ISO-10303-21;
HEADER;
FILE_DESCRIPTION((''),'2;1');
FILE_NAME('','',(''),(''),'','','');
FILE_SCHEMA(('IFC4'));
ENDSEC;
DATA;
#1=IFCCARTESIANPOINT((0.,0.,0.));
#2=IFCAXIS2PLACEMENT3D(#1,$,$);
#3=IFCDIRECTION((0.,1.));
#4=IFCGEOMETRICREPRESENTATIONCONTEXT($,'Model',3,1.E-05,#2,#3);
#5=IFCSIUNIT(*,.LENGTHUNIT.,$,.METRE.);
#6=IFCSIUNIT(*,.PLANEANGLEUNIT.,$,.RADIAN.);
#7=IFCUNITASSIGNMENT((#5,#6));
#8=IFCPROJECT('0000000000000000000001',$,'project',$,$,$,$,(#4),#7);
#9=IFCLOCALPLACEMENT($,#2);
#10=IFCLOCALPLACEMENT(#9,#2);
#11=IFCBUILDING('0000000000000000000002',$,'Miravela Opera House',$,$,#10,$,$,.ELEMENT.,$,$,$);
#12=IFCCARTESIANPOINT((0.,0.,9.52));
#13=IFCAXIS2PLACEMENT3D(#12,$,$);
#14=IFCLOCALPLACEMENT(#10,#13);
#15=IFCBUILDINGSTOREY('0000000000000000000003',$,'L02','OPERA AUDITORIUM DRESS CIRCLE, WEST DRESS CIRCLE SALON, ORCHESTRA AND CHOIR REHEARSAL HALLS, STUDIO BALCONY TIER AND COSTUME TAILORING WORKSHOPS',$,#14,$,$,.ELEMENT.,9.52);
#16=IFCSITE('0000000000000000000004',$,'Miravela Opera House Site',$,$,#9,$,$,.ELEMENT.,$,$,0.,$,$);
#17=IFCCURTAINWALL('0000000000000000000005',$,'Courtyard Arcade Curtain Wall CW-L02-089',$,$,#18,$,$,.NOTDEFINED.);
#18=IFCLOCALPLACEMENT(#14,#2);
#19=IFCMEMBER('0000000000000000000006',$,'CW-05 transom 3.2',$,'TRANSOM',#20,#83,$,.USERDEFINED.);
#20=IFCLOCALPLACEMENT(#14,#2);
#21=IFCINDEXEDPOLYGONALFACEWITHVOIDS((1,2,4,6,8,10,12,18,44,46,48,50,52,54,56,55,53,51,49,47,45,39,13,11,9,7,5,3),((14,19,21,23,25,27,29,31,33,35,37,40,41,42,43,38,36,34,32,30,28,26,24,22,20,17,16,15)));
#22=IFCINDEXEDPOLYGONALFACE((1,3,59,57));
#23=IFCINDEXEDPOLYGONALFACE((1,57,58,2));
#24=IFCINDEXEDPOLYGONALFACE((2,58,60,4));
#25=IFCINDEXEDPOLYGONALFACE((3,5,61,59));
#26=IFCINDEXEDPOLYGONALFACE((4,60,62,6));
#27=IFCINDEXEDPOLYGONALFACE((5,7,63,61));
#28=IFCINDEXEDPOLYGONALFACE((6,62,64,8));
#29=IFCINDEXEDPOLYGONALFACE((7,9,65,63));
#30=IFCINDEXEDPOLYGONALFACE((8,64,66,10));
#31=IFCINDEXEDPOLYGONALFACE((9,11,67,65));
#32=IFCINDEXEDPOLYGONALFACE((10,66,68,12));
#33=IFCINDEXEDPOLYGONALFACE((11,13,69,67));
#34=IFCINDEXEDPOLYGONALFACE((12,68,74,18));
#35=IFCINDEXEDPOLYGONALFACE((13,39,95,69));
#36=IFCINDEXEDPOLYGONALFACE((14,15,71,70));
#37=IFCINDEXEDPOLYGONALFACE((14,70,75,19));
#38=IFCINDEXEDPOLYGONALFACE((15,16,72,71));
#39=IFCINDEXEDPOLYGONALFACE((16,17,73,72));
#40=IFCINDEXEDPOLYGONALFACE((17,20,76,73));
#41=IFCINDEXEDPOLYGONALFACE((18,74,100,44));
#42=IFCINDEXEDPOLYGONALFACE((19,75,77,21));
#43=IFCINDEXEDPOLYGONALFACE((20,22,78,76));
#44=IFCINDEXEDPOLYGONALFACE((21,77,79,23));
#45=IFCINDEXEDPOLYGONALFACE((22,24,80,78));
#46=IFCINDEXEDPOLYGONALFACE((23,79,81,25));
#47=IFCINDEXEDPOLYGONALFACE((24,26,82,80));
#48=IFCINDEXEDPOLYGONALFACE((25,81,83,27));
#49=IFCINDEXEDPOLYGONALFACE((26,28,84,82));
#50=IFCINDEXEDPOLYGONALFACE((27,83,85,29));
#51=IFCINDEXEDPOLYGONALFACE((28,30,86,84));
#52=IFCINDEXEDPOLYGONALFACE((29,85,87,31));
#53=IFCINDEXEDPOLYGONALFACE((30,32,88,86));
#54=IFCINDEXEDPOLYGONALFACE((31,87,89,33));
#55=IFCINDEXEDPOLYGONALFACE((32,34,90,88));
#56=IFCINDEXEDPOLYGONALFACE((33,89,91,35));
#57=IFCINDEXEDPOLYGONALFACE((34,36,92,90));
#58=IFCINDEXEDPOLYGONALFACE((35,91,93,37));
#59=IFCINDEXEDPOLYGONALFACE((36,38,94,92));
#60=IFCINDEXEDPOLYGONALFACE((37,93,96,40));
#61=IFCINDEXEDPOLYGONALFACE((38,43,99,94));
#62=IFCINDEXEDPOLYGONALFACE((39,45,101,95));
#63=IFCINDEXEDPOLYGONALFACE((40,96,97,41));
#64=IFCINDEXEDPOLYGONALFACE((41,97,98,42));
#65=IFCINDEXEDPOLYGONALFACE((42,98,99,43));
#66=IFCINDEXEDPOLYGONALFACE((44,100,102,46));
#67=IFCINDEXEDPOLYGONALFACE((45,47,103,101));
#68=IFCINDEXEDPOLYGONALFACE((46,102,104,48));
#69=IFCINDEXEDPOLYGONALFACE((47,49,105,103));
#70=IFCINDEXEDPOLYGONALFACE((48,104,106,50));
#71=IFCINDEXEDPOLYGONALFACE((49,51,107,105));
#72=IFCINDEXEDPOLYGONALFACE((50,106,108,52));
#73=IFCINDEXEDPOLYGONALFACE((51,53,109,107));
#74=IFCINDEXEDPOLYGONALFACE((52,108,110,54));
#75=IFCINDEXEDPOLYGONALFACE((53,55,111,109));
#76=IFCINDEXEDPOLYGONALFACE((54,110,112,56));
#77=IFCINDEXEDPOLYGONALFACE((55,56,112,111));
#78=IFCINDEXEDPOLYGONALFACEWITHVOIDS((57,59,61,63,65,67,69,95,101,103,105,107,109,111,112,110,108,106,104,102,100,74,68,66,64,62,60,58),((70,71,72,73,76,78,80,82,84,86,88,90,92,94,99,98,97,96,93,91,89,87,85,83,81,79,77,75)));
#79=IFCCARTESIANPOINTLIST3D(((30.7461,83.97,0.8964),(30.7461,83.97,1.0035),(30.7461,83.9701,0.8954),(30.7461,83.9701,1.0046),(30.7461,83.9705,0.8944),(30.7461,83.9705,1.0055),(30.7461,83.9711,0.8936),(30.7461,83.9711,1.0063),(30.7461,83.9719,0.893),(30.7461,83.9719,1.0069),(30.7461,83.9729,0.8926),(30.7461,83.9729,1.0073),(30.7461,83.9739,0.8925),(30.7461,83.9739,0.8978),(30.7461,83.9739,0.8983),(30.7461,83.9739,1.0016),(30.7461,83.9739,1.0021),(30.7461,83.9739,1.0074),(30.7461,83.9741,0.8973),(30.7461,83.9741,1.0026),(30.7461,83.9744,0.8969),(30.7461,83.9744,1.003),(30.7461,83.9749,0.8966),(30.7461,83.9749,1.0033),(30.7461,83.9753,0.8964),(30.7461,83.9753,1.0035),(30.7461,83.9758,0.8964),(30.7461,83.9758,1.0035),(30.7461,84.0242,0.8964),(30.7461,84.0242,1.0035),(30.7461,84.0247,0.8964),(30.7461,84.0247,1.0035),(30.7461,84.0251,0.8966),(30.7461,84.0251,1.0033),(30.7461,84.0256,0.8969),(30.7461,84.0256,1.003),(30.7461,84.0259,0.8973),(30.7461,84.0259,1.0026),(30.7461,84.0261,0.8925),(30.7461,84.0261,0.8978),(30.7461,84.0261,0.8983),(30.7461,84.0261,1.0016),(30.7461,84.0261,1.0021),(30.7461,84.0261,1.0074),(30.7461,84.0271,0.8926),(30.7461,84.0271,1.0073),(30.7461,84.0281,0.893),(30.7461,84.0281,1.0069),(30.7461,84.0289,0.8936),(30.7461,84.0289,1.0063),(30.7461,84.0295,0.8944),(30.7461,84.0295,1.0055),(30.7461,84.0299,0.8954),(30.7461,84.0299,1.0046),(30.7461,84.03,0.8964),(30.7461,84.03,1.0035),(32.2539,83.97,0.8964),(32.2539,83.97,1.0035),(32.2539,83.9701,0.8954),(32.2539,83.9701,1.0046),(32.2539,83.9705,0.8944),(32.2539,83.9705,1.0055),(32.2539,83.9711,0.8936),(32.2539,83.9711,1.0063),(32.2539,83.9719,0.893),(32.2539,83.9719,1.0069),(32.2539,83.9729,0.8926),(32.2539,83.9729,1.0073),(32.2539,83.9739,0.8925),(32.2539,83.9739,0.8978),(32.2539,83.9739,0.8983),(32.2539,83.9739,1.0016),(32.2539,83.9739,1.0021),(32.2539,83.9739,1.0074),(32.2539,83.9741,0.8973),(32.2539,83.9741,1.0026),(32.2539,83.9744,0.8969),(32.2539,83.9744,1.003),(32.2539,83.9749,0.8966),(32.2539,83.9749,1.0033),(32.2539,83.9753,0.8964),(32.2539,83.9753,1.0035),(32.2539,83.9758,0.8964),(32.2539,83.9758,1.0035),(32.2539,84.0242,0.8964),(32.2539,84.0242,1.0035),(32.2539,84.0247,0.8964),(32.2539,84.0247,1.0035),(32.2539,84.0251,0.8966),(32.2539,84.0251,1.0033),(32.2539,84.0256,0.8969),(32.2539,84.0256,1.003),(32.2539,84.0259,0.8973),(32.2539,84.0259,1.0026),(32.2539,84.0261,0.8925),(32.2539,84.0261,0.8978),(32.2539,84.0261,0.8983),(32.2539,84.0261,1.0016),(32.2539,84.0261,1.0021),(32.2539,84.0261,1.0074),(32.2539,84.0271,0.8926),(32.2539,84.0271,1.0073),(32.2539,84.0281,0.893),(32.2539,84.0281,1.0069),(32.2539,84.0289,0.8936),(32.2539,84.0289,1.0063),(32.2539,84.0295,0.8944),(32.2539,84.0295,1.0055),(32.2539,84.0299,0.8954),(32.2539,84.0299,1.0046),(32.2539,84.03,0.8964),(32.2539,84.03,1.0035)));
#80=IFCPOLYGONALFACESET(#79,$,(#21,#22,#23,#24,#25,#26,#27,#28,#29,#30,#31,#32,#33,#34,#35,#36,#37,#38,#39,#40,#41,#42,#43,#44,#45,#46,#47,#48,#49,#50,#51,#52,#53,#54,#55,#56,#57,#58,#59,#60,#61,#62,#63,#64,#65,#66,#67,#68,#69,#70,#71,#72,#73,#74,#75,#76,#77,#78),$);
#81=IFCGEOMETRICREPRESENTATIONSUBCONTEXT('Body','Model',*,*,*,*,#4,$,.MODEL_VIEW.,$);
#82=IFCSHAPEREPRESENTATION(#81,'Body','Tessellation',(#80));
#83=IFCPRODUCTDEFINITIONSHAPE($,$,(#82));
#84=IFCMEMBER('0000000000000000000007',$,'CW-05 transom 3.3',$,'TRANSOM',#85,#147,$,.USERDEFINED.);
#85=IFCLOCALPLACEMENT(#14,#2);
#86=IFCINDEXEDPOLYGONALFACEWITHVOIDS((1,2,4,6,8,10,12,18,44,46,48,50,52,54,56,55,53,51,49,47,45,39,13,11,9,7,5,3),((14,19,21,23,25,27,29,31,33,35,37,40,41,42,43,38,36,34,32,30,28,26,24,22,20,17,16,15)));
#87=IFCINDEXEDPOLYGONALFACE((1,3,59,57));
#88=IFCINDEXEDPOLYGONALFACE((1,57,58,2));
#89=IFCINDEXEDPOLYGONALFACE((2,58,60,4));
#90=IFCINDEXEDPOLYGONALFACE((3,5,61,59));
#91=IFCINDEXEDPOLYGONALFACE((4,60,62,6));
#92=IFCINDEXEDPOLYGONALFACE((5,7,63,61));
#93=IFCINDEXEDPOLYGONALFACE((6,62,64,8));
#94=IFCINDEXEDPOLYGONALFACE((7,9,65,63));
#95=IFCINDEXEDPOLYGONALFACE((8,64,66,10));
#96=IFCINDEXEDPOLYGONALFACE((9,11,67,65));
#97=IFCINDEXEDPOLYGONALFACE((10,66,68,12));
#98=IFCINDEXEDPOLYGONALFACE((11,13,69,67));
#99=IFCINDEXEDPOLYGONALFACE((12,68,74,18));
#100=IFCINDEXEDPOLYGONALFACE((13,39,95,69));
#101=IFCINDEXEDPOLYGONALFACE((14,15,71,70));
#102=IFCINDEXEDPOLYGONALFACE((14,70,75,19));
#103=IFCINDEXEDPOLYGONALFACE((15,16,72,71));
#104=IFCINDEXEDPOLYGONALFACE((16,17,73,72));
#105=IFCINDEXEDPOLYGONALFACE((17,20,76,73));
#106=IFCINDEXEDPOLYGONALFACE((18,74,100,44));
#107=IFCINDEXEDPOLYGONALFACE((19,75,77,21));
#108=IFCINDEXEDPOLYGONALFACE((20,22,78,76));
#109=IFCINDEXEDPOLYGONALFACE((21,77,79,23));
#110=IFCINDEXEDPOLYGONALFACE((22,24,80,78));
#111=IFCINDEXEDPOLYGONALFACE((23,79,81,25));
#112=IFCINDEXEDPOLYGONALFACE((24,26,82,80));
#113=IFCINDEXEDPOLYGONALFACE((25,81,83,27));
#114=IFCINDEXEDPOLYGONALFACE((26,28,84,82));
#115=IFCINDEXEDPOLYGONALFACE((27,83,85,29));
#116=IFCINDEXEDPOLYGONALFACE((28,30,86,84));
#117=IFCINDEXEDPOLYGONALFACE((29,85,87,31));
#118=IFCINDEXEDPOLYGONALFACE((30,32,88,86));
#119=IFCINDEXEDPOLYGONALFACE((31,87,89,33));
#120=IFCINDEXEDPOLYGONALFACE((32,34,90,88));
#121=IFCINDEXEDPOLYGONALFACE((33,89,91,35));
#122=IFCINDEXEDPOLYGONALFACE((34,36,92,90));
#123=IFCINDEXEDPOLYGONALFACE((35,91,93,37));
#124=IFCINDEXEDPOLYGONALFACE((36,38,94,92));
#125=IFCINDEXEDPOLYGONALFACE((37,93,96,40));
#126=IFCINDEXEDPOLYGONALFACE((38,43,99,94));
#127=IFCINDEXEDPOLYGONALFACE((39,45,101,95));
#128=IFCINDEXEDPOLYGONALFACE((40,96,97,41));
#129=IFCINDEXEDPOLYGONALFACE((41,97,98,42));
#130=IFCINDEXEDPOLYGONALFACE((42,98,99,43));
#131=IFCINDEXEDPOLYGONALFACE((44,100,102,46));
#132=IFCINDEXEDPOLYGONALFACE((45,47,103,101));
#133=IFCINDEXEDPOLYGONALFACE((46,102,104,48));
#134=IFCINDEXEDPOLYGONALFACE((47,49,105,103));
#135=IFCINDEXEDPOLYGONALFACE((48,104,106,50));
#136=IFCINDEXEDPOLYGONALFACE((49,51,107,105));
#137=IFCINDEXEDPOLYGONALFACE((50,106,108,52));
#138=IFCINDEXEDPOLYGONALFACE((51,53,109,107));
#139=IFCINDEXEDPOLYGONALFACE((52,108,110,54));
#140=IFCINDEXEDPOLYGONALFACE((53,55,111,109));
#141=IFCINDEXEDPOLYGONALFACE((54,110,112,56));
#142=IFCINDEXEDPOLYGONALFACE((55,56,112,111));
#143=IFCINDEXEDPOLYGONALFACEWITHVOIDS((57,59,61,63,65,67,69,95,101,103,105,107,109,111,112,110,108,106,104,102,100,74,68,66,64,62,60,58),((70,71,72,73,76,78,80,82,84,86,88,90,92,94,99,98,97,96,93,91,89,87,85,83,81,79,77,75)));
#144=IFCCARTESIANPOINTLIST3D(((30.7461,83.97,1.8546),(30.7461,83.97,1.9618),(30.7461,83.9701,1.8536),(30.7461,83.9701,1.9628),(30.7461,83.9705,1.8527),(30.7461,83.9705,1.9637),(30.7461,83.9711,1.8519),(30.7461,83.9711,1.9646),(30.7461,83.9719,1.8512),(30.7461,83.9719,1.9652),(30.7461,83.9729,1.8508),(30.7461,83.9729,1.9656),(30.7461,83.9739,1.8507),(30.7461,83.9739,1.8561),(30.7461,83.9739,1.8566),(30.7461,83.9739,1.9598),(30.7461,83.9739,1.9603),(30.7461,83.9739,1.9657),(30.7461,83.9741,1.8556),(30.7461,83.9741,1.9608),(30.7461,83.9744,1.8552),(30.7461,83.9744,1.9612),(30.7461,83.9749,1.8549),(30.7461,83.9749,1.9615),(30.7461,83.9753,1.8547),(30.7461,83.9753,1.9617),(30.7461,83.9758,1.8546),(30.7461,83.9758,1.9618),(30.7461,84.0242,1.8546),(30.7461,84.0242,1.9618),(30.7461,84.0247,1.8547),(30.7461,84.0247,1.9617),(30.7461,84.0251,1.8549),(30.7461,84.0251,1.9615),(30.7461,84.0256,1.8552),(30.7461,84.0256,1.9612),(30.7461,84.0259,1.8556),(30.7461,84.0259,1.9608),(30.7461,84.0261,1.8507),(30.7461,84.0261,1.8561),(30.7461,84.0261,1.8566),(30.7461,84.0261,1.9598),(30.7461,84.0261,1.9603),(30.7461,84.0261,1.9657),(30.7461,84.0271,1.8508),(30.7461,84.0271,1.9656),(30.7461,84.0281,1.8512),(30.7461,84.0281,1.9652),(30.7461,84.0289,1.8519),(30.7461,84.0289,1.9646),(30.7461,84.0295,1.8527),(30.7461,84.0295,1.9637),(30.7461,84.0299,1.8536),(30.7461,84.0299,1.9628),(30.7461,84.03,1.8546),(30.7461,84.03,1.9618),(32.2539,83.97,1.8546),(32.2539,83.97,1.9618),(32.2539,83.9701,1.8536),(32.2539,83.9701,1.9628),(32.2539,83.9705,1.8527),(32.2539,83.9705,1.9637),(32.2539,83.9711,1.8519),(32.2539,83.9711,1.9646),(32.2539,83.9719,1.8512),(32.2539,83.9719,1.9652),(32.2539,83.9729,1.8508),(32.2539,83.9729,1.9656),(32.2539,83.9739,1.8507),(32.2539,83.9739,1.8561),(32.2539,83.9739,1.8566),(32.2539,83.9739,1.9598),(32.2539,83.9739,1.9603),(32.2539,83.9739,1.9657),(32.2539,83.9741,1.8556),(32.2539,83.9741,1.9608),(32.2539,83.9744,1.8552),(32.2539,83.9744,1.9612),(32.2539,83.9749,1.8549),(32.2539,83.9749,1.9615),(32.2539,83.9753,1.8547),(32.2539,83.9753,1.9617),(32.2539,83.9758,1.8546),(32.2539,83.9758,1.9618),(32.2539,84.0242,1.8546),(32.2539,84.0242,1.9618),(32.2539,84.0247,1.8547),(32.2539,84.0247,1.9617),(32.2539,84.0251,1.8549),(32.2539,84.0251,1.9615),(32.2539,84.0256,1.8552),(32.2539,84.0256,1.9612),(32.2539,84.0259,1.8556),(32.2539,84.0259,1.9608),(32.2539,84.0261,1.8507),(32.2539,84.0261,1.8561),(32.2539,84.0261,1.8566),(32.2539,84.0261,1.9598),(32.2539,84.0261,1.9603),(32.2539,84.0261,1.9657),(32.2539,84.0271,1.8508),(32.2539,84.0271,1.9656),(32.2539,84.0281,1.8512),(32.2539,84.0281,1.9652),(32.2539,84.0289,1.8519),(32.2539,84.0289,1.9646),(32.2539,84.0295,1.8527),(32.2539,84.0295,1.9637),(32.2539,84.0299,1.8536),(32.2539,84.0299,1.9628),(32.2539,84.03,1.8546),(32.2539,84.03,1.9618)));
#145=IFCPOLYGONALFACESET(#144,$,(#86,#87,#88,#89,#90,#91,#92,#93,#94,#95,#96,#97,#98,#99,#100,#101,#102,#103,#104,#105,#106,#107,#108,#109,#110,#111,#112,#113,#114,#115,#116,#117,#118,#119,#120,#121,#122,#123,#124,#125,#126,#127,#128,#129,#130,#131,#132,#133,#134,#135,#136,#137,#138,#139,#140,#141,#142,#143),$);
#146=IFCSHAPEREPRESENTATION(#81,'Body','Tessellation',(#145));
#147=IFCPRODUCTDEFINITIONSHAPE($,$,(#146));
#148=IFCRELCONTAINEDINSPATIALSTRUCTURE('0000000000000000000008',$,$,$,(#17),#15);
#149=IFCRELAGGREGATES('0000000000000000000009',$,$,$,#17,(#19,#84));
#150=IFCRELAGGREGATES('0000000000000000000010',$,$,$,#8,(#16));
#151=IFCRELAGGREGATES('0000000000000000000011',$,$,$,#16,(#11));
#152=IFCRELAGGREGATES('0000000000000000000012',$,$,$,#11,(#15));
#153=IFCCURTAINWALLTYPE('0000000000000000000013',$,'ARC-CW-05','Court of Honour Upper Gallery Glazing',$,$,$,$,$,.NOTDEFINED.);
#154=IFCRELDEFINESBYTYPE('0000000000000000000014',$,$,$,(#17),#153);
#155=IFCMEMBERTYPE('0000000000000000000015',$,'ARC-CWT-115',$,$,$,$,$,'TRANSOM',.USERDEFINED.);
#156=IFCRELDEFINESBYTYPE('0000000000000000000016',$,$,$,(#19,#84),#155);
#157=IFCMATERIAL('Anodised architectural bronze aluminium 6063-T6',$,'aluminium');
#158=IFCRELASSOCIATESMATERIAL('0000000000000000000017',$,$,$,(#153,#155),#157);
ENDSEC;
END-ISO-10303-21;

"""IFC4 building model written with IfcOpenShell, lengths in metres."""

from ifc_helpers import new_model, si_unit, direction, frame, origin, origin_2d, place, context, subcontext, project, spatial, hollow_rectangle, extrude, material, material_profile, profile_set, type_object, element, aggregate, save


model = new_model("IFC4")

# Units and contexts
model_context = context("Model", 3, precision=1e-05, world=origin(), true_north=direction((0.0, 1.0)))
body_context = subcontext(model_context, "Body", "Model", "MODEL_VIEW")
ifc_project = project(units=[si_unit("LENGTHUNIT", "METRE"), si_unit("PLANEANGLEUNIT", "RADIAN")], contexts=[model_context])

# Site, building, storey
site_placement = place(None, origin())
site = spatial("IfcSite", under=ifc_project, at=site_placement, Name="Miravela Opera House Site", CompositionType="ELEMENT", RefElevation=0.0)
building_placement = place(site_placement, origin())
building = spatial("IfcBuilding", under=site, at=building_placement, Name="Miravela Opera House", CompositionType="ELEMENT")
storey_placement = place(building_placement, frame((0.0, 0.0, 9.52)))
storey = spatial("IfcBuildingStorey", under=building, at=storey_placement, Name="L02", Description="OPERA AUDITORIUM DRESS CIRCLE, WEST DRESS CIRCLE SALON, ORCHESTRA AND CHOIR REHEARSAL HALLS, STUDIO BALCONY TIER AND COSTUME TAILORING WORKSHOPS", CompositionType="ELEMENT", Elevation=9.52)

# Curtain wall, members
ifc_material_1 = material(Name="Anodised architectural bronze aluminium 6063-T6", Category="aluminium")
curtain_wall_type = type_object("IfcCurtainWallType", Name="ARC-CW-05", Description="Court of Honour Upper Gallery Glazing", PredefinedType="NOTDEFINED", material=ifc_material_1)
curtain_wall_placement = place(storey_placement, origin())
curtain_wall = element("IfcCurtainWall", 1, at=curtain_wall_placement, inside=storey, type_object=curtain_wall_type, Name="Courtyard Arcade Curtain Wall CW-L02-089", PredefinedType="NOTDEFINED")
ifc_material_profile_1 = material_profile(ifc_material_1, hollow_rectangle(XDim=0.0601, YDim=0.115, WallThickness=0.0039, InnerFilletRadius=0.002, OuterFilletRadius=0.0039, at=origin_2d()), Name="CWT-60X115")
ifc_profile_set_1 = profile_set([ifc_material_profile_1])
member_type_1 = type_object("IfcMemberType", Name="ARC-CWT-115", ElementType="TRANSOM", PredefinedType="USERDEFINED", material=ifc_profile_set_1)
member_1_placement = place(storey_placement, frame((30.7461, 84.0, 0.95), z_axis=(1.0, 0.0, 0.0), x_axis=(0.0, 1.0, 0.0)))
member_1 = element("IfcMember", 2, at=member_1_placement, type_object=member_type_1, Name="CW-05 transom 3.2", ObjectType="TRANSOM", PredefinedType="USERDEFINED", context=body_context, shape_type="SweptSolid", body=[
    extrude(hollow_rectangle(XDim=0.0601, YDim=0.115, WallThickness=0.0039, InnerFilletRadius=0.002, OuterFilletRadius=0.0039, at=origin_2d()), origin(), (0.0, 0.0, 1.0), 1.5078),
])
member_2_placement = place(storey_placement, frame((30.7461, 84.0, 1.9082), z_axis=(1.0, 0.0, 0.0), x_axis=(0.0, 1.0, 0.0)))
member_2 = element("IfcMember", 3, at=member_2_placement, type_object=member_type_1, Name="CW-05 transom 3.3", ObjectType="TRANSOM", PredefinedType="USERDEFINED", context=body_context, shape_type="SweptSolid", body=[
    extrude(hollow_rectangle(XDim=0.0601, YDim=0.115, WallThickness=0.0039, InnerFilletRadius=0.002, OuterFilletRadius=0.0039, at=origin_2d()), origin(), (0.0, 0.0, 1.0), 1.5078),
])
aggregate(curtain_wall, [member_1, member_2])

save(model, "model.ifc")
